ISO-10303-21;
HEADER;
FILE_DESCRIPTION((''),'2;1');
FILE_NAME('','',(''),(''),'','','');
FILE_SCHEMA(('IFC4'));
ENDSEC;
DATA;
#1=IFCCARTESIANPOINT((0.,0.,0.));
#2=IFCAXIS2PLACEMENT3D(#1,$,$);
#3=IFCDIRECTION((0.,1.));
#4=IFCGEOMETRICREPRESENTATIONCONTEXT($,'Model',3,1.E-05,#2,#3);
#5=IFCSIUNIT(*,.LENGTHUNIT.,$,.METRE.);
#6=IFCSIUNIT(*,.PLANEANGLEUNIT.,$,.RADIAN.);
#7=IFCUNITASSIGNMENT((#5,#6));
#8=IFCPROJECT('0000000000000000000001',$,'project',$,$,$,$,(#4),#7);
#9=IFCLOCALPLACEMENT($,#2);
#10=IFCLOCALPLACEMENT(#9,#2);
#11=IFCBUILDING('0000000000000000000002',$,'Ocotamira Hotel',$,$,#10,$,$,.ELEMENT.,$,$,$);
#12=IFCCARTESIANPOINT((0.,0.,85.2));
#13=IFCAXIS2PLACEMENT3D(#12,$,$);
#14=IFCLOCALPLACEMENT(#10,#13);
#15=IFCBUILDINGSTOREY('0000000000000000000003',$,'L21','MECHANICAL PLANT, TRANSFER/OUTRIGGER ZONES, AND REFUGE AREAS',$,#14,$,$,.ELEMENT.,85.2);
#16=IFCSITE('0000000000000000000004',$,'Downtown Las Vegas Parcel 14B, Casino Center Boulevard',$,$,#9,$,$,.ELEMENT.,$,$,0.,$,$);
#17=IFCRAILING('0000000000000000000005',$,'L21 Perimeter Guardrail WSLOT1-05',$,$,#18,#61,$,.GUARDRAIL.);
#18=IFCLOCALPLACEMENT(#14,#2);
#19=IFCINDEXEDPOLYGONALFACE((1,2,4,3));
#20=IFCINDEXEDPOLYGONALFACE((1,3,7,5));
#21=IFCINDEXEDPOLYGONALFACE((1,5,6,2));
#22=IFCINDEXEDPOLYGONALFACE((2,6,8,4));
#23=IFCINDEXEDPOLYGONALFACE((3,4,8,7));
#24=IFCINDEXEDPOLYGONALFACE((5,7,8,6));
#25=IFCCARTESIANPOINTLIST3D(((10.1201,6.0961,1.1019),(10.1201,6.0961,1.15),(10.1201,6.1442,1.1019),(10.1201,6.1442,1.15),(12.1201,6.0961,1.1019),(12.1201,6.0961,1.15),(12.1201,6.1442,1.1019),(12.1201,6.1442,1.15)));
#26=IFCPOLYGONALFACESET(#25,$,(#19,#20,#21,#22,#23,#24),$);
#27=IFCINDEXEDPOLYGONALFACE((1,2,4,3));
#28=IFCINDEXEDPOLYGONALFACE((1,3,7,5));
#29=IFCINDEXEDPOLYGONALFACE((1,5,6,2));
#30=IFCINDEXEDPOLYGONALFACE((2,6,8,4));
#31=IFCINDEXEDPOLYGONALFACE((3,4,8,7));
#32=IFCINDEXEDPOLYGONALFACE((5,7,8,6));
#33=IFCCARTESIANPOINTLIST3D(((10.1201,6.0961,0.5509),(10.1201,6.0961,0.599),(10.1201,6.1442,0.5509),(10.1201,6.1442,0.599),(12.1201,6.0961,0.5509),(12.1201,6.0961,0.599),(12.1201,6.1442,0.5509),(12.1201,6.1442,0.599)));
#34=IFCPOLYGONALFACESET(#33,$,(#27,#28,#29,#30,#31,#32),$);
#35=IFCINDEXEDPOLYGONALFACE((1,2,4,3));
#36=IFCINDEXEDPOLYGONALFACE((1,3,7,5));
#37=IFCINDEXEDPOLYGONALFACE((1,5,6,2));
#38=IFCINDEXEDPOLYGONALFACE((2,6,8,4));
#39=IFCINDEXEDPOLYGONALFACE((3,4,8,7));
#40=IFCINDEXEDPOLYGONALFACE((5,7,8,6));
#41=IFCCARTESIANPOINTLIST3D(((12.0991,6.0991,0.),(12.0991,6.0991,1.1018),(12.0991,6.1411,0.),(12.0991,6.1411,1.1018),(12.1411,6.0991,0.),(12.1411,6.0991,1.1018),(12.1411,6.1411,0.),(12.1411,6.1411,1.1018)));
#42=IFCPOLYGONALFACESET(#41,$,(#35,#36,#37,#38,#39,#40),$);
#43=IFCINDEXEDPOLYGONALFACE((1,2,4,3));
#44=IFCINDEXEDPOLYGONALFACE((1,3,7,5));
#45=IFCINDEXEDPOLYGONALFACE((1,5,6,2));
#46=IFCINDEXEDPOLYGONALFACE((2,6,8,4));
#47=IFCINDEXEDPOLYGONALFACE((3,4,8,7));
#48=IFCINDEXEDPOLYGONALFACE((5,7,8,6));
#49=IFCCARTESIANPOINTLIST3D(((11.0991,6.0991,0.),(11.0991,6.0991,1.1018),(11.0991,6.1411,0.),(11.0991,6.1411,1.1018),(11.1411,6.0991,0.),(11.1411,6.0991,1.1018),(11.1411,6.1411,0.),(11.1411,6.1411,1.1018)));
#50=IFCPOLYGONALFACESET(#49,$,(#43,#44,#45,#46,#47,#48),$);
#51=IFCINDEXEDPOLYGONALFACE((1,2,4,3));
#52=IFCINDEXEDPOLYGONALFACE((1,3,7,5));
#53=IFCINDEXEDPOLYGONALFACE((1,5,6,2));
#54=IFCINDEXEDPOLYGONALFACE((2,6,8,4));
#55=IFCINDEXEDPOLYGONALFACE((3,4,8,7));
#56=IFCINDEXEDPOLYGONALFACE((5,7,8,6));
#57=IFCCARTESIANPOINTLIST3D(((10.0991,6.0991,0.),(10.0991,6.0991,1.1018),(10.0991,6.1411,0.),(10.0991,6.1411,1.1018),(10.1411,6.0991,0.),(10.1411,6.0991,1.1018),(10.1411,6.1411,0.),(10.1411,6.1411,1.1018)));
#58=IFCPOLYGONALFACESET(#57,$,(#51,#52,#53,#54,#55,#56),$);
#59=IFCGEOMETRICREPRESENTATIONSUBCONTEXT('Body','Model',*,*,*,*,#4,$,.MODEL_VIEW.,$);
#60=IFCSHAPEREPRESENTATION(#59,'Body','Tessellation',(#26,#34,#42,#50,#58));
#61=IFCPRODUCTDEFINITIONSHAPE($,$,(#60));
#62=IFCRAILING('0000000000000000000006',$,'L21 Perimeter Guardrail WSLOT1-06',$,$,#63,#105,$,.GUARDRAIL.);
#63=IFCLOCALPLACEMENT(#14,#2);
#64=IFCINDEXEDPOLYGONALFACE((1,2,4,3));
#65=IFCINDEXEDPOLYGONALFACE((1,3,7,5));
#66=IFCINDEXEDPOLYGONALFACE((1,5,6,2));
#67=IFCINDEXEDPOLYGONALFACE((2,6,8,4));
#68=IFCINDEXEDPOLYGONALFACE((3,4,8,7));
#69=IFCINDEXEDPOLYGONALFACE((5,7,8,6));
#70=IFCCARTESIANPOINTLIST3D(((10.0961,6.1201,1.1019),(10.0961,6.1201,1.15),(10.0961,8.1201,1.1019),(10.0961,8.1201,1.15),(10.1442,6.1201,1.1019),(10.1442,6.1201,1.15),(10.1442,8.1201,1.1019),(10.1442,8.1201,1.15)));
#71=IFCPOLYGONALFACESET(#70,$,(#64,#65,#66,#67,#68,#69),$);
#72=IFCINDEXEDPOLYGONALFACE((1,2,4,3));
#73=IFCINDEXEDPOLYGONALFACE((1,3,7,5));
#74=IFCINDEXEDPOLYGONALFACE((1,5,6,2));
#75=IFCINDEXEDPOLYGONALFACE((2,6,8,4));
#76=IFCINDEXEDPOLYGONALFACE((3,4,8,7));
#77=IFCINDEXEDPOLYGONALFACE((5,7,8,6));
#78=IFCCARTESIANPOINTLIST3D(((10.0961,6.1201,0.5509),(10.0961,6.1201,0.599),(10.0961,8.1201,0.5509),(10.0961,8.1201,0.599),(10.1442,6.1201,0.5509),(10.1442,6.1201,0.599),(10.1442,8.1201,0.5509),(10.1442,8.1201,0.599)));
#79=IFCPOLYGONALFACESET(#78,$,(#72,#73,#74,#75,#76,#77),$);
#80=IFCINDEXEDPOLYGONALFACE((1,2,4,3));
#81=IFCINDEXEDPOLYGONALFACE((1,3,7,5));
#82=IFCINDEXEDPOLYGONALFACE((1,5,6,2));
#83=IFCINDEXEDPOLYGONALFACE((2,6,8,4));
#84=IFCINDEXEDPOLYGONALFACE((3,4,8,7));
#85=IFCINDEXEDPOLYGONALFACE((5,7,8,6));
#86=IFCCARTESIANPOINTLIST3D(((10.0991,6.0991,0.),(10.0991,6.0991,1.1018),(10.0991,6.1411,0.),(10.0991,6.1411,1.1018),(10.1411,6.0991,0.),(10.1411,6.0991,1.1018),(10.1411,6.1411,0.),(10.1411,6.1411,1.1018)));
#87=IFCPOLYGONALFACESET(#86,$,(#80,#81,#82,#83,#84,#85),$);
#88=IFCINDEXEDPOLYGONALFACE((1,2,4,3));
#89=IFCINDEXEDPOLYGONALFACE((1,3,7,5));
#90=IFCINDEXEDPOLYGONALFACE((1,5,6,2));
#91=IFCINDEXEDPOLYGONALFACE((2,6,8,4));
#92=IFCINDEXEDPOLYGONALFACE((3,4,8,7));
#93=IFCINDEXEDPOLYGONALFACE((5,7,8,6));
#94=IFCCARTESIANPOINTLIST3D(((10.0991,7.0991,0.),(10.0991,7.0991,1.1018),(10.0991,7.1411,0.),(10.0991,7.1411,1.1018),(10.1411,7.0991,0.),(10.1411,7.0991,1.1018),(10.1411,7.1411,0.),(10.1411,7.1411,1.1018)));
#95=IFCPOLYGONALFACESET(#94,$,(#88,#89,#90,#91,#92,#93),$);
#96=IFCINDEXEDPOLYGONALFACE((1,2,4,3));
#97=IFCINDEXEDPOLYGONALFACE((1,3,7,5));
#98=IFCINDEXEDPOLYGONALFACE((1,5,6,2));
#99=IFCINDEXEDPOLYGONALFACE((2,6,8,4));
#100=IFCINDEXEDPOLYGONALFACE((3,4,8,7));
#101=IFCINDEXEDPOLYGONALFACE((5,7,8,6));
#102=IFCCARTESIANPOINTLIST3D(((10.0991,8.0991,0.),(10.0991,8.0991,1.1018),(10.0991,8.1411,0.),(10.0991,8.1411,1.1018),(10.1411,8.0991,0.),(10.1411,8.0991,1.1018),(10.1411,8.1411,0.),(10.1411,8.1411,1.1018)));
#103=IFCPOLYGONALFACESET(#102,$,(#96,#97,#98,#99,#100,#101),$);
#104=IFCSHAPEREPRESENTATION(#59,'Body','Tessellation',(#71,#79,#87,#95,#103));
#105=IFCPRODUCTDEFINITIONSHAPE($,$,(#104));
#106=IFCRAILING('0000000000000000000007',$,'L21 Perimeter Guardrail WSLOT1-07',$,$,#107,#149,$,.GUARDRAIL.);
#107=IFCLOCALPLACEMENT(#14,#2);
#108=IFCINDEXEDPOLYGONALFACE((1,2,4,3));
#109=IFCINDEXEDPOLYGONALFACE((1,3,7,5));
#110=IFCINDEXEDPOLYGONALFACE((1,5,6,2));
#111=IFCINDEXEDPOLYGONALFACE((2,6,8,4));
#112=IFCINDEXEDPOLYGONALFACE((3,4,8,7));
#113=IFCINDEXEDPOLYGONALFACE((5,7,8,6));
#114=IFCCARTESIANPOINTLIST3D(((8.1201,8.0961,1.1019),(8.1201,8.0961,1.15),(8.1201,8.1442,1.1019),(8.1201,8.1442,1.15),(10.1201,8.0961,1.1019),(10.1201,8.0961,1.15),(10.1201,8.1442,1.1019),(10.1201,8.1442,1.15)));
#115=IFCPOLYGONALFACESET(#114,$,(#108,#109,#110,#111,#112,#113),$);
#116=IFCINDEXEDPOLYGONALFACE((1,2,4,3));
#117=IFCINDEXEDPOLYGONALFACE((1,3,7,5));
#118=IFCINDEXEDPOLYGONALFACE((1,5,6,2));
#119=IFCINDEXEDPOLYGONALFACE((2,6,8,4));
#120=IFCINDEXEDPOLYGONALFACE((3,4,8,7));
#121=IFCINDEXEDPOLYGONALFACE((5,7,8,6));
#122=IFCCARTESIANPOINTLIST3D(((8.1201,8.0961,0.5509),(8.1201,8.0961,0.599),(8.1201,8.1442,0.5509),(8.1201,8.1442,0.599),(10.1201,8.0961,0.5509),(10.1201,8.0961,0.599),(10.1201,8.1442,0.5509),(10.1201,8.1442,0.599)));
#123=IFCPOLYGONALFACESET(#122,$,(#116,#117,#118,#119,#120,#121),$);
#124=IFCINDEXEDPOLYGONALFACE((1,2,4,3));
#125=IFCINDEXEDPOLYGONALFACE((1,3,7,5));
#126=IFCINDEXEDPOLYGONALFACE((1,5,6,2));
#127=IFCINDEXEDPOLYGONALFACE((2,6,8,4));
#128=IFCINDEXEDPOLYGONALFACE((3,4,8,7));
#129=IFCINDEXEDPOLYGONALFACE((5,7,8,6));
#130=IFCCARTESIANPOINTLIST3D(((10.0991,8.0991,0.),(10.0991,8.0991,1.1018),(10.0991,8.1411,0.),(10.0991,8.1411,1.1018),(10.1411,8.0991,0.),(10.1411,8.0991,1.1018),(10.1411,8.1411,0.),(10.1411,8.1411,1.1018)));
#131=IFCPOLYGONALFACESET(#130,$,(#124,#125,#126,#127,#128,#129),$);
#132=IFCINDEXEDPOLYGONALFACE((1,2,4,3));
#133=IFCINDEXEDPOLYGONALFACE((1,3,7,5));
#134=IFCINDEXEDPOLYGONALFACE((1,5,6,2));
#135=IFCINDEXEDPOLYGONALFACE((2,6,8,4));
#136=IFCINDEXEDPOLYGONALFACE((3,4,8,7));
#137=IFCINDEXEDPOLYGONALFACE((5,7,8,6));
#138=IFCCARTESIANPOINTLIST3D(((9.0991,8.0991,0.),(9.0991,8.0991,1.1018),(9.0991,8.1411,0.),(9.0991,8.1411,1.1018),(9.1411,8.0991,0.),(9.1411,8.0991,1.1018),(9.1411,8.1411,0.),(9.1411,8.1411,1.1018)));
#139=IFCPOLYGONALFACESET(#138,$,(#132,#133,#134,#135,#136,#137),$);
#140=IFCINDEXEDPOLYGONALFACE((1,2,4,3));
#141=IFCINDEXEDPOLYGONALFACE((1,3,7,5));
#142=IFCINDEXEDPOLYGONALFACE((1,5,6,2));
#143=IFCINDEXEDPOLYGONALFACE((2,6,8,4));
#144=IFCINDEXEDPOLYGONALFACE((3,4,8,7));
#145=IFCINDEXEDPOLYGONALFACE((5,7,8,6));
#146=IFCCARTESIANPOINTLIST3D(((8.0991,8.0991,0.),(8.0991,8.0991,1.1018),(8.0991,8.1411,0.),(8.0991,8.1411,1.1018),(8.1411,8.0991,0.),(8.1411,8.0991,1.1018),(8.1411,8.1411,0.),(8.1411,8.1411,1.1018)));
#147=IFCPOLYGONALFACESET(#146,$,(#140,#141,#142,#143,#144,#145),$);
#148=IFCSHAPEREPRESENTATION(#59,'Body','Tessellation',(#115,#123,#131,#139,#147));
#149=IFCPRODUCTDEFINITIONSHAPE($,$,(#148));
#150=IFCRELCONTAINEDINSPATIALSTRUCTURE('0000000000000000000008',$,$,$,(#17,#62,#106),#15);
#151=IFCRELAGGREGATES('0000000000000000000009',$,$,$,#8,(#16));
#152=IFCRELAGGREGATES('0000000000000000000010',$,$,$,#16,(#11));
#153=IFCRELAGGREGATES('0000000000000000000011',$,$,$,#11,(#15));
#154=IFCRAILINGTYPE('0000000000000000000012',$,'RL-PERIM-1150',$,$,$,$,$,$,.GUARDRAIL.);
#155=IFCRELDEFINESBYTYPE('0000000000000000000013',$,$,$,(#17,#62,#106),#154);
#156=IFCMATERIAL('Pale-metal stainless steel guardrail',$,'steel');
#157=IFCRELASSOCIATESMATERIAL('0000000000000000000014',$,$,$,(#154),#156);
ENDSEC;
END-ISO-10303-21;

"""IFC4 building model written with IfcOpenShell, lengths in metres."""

from ifc_helpers import new_model, si_unit, direction, frame, origin, origin_2d, place, context, subcontext, project, spatial, rectangle, extrude, material, type_object, element, save


model = new_model("IFC4")

# Units and contexts
model_context = context("Model", 3, precision=1e-05, world=origin(), true_north=direction((0.0, 1.0)))
body_context = subcontext(model_context, "Body", "Model", "MODEL_VIEW")
ifc_project = project(units=[si_unit("LENGTHUNIT", "METRE"), si_unit("PLANEANGLEUNIT", "RADIAN")], contexts=[model_context])

# Site, building, storey
site_placement = place(None, origin())
site = spatial("IfcSite", under=ifc_project, at=site_placement, Name="Downtown Las Vegas Parcel 14B, Casino Center Boulevard", CompositionType="ELEMENT", RefElevation=0.0)
building_placement = place(site_placement, origin())
building = spatial("IfcBuilding", under=site, at=building_placement, Name="Ocotamira Hotel", CompositionType="ELEMENT")
storey_placement = place(building_placement, frame((0.0, 0.0, 85.2)))
storey = spatial("IfcBuildingStorey", under=building, at=storey_placement, Name="L21", Description="MECHANICAL PLANT, TRANSFER/OUTRIGGER ZONES, AND REFUGE AREAS", CompositionType="ELEMENT", Elevation=85.2)

# Railings
ifc_material_1 = material(Name="Pale-metal stainless steel guardrail", Category="steel")
railing_type = type_object("IfcRailingType", Name="RL-PERIM-1150", PredefinedType="GUARDRAIL", material=ifc_material_1)
railing_1_placement = place(storey_placement, frame((12.1201, 6.1201, 0.0)))
element("IfcRailing", 1, at=railing_1_placement, inside=storey, type_object=railing_type, Name="L21 Perimeter Guardrail WSLOT1-05", PredefinedType="GUARDRAIL", context=body_context, shape_type="SweptSolid", body=[
    extrude(rectangle(XDim=0.0481, YDim=0.0481, at=origin_2d()), frame((0.0, 0.0, 1.126), z_axis=(-1.0, 0.0, 0.0), x_axis=(0.0, -1.0, 0.0)), (0.0, 0.0, 1.0), 2.0),
    extrude(rectangle(XDim=0.0481, YDim=0.0481, at=origin_2d()), frame((0.0, 0.0, 0.575), z_axis=(-1.0, 0.0, 0.0), x_axis=(0.0, -1.0, 0.0)), (0.0, 0.0, 1.0), 2.0),
    extrude(rectangle(XDim=0.042, YDim=0.042, at=origin_2d()), origin(), (0.0, 0.0, 1.0), 1.1018),
    extrude(rectangle(XDim=0.042, YDim=0.042, at=origin_2d()), frame((-1.0, 0.0, 0.0)), (0.0, 0.0, 1.0), 1.1018),
    extrude(rectangle(XDim=0.042, YDim=0.042, at=origin_2d()), frame((-2.0, 0.0, 0.0)), (0.0, 0.0, 1.0), 1.1018),
])
railing_2_placement = place(storey_placement, frame((10.1201, 6.1201, 0.0)))
element("IfcRailing", 2, at=railing_2_placement, inside=storey, type_object=railing_type, Name="L21 Perimeter Guardrail WSLOT1-06", PredefinedType="GUARDRAIL", context=body_context, shape_type="SweptSolid", body=[
    extrude(rectangle(XDim=0.0481, YDim=0.0481, at=origin_2d()), frame((0.0, 0.0, 1.126), z_axis=(0.0, 1.0, 0.0), x_axis=(-1.0, 0.0, 0.0)), (0.0, 0.0, 1.0), 2.0),
    extrude(rectangle(XDim=0.0481, YDim=0.0481, at=origin_2d()), frame((0.0, 0.0, 0.575), z_axis=(0.0, 1.0, 0.0), x_axis=(-1.0, 0.0, 0.0)), (0.0, 0.0, 1.0), 2.0),
    extrude(rectangle(XDim=0.042, YDim=0.042, at=origin_2d()), origin(), (0.0, 0.0, 1.0), 1.1018),
    extrude(rectangle(XDim=0.042, YDim=0.042, at=origin_2d()), frame((0.0, 1.0, 0.0)), (0.0, 0.0, 1.0), 1.1018),
    extrude(rectangle(XDim=0.042, YDim=0.042, at=origin_2d()), frame((0.0, 2.0, 0.0)), (0.0, 0.0, 1.0), 1.1018),
])
railing_3_placement = place(storey_placement, frame((10.1201, 8.1201, 0.0)))
element("IfcRailing", 3, at=railing_3_placement, inside=storey, type_object=railing_type, Name="L21 Perimeter Guardrail WSLOT1-07", PredefinedType="GUARDRAIL", context=body_context, shape_type="SweptSolid", body=[
    extrude(rectangle(XDim=0.0481, YDim=0.0481, at=origin_2d()), frame((0.0, 0.0, 1.126), z_axis=(-1.0, 0.0, 0.0), x_axis=(0.0, -1.0, 0.0)), (0.0, 0.0, 1.0), 2.0),
    extrude(rectangle(XDim=0.0481, YDim=0.0481, at=origin_2d()), frame((0.0, 0.0, 0.575), z_axis=(-1.0, 0.0, 0.0), x_axis=(0.0, -1.0, 0.0)), (0.0, 0.0, 1.0), 2.0),
    extrude(rectangle(XDim=0.042, YDim=0.042, at=origin_2d()), origin(), (0.0, 0.0, 1.0), 1.1018),
    extrude(rectangle(XDim=0.042, YDim=0.042, at=origin_2d()), frame((-1.0, 0.0, 0.0)), (0.0, 0.0, 1.0), 1.1018),
    extrude(rectangle(XDim=0.042, YDim=0.042, at=origin_2d()), frame((-2.0, 0.0, 0.0)), (0.0, 0.0, 1.0), 1.1018),
])

save(model, "model.ifc")
